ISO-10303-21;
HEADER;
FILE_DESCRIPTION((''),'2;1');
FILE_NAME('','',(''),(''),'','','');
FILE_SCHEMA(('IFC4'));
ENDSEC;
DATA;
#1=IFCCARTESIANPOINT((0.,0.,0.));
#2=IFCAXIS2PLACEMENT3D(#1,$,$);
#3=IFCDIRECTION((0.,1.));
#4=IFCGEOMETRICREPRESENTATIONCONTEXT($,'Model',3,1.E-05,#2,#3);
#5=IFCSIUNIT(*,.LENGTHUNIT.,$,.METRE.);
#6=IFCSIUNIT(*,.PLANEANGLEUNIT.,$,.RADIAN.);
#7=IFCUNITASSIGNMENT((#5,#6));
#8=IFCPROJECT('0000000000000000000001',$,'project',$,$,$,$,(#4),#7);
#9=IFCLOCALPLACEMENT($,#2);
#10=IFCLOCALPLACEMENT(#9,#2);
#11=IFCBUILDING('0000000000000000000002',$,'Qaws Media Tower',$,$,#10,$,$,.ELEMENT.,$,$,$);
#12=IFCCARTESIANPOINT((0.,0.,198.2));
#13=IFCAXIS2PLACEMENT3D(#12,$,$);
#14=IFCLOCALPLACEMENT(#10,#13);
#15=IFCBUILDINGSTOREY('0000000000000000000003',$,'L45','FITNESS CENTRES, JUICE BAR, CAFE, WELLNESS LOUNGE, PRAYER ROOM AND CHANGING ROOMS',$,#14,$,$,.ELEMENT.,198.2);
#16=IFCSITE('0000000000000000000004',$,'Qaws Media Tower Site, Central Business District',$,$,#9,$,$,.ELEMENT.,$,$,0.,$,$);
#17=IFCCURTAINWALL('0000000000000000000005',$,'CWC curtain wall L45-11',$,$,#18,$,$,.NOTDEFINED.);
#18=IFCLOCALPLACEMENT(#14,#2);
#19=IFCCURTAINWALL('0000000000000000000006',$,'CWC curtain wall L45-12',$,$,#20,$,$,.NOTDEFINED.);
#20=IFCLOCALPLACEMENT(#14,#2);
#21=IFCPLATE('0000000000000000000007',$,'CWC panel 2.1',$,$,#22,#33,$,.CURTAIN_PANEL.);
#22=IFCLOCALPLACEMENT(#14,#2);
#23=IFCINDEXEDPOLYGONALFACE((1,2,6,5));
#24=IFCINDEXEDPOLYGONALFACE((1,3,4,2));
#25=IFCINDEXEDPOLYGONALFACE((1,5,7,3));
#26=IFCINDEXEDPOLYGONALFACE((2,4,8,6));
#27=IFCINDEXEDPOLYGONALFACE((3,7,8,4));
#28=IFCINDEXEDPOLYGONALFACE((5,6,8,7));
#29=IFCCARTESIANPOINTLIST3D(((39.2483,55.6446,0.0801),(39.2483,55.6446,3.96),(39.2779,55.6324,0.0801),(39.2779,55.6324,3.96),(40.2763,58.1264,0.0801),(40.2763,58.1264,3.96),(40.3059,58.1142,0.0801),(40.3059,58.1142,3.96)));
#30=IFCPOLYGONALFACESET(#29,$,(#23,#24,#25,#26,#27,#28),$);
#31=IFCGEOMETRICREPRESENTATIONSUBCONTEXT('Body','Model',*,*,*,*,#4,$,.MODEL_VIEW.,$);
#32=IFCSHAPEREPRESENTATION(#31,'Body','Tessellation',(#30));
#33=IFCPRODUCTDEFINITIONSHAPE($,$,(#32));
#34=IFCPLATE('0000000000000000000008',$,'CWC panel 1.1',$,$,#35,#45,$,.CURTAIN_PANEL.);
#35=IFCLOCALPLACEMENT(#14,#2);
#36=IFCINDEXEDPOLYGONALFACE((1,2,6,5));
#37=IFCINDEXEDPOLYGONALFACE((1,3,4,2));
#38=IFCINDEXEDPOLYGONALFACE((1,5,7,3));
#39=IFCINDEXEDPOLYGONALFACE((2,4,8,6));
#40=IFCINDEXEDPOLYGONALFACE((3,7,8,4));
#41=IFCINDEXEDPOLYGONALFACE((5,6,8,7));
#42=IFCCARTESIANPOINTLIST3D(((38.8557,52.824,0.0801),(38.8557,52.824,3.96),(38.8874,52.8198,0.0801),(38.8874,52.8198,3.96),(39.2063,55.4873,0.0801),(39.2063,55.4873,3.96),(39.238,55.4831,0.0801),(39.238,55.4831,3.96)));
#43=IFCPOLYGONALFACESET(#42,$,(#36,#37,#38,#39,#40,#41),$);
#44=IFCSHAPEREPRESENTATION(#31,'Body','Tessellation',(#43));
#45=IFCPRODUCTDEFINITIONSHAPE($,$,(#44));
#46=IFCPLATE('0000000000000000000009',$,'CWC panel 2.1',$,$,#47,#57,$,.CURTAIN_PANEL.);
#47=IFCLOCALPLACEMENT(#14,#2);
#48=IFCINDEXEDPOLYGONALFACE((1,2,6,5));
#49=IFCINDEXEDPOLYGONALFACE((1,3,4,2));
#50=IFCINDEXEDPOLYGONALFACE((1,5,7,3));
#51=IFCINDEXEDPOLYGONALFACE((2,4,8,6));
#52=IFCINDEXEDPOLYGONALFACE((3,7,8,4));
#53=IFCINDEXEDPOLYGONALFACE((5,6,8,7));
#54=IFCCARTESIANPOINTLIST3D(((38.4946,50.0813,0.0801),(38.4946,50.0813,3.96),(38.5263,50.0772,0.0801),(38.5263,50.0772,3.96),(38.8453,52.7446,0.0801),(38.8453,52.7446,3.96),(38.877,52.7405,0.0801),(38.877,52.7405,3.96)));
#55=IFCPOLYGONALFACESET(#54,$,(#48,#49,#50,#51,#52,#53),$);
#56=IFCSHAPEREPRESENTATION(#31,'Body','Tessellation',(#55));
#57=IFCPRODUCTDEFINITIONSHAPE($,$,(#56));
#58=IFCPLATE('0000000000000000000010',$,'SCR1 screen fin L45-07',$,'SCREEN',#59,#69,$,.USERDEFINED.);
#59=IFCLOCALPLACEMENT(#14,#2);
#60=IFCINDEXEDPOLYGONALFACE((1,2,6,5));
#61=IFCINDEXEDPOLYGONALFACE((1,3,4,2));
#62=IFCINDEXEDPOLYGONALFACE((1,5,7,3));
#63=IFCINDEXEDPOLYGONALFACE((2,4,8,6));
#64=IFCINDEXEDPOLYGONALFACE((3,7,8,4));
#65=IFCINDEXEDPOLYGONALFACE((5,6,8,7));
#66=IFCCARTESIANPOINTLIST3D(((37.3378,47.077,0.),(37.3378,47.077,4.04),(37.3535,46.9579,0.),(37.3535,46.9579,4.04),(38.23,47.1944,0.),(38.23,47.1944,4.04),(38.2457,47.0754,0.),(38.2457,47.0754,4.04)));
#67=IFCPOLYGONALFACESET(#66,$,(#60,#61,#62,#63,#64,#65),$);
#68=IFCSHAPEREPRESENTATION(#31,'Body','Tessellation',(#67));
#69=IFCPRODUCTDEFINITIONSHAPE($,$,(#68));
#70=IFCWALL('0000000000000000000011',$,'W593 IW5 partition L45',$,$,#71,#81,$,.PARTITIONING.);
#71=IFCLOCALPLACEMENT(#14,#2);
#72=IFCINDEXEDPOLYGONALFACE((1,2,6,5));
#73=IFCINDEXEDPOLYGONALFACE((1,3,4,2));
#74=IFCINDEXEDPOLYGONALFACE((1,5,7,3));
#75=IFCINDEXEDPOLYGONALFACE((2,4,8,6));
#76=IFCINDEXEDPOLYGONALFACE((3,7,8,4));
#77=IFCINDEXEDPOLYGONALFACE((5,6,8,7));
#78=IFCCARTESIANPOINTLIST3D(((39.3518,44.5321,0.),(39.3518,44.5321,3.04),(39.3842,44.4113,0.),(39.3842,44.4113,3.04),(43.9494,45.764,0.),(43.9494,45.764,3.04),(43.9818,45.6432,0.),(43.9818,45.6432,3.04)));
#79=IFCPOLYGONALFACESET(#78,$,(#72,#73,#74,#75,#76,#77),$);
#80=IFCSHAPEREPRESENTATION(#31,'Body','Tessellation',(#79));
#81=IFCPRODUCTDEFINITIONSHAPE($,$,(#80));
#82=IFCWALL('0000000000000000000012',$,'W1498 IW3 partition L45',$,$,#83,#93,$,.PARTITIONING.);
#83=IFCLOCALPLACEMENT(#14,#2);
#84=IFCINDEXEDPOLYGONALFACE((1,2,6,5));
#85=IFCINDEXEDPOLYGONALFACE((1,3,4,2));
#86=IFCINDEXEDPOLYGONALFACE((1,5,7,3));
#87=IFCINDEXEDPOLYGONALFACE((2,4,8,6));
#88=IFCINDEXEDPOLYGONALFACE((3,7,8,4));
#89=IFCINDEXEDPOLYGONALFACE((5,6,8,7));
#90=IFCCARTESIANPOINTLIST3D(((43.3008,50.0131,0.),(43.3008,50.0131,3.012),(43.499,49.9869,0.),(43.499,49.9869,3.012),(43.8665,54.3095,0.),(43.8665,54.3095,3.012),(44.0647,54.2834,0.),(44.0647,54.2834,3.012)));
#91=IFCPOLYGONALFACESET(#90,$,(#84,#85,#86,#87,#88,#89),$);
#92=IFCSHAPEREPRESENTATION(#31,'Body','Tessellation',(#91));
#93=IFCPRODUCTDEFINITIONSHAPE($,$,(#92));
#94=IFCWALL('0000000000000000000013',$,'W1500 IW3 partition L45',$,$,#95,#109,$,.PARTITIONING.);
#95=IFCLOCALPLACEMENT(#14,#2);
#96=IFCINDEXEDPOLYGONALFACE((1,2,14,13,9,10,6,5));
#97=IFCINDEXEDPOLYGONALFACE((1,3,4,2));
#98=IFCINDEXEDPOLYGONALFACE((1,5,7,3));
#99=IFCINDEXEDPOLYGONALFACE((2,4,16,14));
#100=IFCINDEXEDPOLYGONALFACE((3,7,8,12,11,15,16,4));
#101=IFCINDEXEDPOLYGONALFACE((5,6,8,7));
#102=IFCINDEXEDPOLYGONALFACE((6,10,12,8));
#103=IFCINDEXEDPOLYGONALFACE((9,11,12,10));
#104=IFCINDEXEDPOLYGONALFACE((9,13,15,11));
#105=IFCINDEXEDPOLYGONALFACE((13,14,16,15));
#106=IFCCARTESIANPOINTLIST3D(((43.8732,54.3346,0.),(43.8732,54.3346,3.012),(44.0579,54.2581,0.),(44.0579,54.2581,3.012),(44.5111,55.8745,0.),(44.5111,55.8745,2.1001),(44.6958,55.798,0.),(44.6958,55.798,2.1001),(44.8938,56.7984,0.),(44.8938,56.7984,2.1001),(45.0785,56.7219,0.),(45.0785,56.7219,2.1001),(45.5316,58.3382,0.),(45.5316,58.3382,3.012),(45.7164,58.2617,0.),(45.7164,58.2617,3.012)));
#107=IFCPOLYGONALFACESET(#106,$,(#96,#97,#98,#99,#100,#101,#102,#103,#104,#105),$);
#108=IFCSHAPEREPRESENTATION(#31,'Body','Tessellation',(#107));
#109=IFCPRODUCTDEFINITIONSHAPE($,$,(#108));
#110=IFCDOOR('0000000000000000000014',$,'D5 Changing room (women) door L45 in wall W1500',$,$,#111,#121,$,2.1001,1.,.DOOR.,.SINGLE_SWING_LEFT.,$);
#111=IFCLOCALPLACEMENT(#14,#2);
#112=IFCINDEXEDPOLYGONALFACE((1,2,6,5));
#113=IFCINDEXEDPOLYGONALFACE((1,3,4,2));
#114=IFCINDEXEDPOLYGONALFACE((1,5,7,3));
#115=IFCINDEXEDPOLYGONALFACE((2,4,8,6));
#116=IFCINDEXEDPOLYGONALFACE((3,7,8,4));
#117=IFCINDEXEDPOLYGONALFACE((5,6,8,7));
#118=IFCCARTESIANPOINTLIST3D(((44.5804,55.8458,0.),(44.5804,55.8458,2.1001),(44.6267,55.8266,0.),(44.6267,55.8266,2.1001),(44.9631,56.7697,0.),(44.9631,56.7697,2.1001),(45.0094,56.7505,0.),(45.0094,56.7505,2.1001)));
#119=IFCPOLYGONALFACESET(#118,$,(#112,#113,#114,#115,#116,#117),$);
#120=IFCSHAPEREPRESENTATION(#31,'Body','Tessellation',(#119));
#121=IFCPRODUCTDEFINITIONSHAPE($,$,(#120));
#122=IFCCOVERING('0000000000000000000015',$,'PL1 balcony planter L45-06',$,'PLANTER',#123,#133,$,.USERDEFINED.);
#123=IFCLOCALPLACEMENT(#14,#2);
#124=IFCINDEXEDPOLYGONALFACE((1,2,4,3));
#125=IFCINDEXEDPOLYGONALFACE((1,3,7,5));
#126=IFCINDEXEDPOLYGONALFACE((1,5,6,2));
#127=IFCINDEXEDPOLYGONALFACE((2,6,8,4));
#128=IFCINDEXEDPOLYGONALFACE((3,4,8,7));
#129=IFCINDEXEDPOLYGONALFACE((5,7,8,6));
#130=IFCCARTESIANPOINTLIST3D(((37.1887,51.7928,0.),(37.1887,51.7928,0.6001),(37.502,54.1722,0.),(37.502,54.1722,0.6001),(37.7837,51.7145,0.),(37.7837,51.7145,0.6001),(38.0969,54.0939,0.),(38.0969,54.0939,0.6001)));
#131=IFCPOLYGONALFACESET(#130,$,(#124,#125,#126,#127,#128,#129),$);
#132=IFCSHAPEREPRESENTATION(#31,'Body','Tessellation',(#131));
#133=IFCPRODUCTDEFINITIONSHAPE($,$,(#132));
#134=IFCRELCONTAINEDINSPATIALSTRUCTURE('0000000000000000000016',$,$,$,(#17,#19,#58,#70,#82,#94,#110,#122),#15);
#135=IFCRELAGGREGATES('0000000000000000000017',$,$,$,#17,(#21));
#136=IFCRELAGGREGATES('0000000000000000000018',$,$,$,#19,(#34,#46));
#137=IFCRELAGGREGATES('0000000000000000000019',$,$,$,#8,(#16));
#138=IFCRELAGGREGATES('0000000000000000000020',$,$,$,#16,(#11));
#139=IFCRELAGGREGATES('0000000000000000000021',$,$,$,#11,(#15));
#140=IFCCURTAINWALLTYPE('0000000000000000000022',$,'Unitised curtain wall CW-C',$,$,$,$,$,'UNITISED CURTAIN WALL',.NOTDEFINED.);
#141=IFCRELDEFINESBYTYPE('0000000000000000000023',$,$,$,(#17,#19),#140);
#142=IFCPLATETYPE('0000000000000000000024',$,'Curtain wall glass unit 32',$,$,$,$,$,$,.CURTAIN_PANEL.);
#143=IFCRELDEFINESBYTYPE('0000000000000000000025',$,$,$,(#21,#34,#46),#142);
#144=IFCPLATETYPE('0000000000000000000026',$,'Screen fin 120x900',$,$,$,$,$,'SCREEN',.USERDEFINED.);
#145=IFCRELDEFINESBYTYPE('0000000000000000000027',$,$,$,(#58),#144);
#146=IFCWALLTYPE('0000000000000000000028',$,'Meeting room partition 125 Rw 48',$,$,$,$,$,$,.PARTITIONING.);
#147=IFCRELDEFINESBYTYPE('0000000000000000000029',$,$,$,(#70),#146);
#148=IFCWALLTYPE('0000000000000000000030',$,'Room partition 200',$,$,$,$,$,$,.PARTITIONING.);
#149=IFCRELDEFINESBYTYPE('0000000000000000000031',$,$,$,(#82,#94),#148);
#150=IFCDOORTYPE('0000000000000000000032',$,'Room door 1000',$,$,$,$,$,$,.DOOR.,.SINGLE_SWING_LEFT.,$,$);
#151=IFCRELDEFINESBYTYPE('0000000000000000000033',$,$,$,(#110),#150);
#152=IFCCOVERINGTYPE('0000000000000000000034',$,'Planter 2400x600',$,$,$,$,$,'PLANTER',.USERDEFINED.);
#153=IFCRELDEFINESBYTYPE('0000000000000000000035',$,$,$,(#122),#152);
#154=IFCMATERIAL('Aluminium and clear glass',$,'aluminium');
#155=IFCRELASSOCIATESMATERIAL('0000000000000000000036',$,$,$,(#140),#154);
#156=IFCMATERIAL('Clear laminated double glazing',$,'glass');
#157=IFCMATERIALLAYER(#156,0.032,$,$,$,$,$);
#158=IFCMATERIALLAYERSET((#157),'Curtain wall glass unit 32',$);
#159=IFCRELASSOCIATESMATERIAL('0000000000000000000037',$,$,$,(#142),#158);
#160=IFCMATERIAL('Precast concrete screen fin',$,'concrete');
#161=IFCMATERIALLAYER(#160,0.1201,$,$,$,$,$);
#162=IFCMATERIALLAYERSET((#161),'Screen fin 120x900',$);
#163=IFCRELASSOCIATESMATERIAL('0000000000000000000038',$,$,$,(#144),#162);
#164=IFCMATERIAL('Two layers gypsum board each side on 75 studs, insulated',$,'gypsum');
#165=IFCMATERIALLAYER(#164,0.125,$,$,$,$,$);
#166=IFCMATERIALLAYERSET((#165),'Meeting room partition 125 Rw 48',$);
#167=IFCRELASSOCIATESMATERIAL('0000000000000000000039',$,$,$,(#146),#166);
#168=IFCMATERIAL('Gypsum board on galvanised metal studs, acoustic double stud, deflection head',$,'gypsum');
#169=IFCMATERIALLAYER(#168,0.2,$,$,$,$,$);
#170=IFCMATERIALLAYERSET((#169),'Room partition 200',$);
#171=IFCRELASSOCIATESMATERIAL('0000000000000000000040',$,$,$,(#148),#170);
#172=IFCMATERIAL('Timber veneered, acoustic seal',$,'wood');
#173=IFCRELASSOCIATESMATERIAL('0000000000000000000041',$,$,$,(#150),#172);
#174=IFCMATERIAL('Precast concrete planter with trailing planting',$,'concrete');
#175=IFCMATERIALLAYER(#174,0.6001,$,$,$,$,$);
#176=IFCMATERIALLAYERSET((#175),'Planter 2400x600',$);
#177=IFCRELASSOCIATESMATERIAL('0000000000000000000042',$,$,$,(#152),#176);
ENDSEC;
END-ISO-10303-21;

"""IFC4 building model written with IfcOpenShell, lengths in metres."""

from ifc_helpers import new_model, si_unit, direction, frame, frame_2d, origin, origin_2d, place, context, subcontext, project, spatial, rectangle, extrude, material, layer, layer_set, type_object, element, fill, aggregate, save


model = new_model("IFC4")

# Units and contexts
model_context = context("Model", 3, precision=1e-05, world=origin(), true_north=direction((0.0, 1.0)))
body_context = subcontext(model_context, "Body", "Model", "MODEL_VIEW")
ifc_project = project(units=[si_unit("LENGTHUNIT", "METRE"), si_unit("PLANEANGLEUNIT", "RADIAN")], contexts=[model_context])

# Site, building, storey
site_placement = place(None, origin())
site = spatial("IfcSite", under=ifc_project, at=site_placement, Name="Qaws Media Tower Site, Central Business District", CompositionType="ELEMENT", RefElevation=0.0)
building_placement = place(site_placement, origin())
building = spatial("IfcBuilding", under=site, at=building_placement, Name="Qaws Media Tower", CompositionType="ELEMENT")
storey_placement = place(building_placement, frame((0.0, 0.0, 198.2)))
storey = spatial("IfcBuildingStorey", under=building, at=storey_placement, Name="L45", Description="FITNESS CENTRES, JUICE BAR, CAFE, WELLNESS LOUNGE, PRAYER ROOM AND CHANGING ROOMS", CompositionType="ELEMENT", Elevation=198.2)

# Curtain wall
ifc_material_1 = material(Name="Aluminium and clear glass", Category="aluminium")
curtain_wall_type = type_object("IfcCurtainWallType", Name="Unitised curtain wall CW-C", ElementType="UNITISED CURTAIN WALL", PredefinedType="NOTDEFINED", material=ifc_material_1)
curtain_wall_1_placement = place(storey_placement, origin())
curtain_wall_1 = element("IfcCurtainWall", 1, at=curtain_wall_1_placement, inside=storey, type_object=curtain_wall_type, Name="CWC curtain wall L45-11", PredefinedType="NOTDEFINED")

# Curtain wall
curtain_wall_2_placement = place(storey_placement, origin())
curtain_wall_2 = element("IfcCurtainWall", 2, at=curtain_wall_2_placement, inside=storey, type_object=curtain_wall_type, Name="CWC curtain wall L45-12", PredefinedType="NOTDEFINED")

# Plates
ifc_material_2 = material(Name="Clear laminated double glazing", Category="glass")
ifc_layer_1 = layer(ifc_material_2, 0.032)
ifc_layer_set_1 = layer_set([ifc_layer_1], Name="Curtain wall glass unit 32")
plate_type_1 = type_object("IfcPlateType", Name="Curtain wall glass unit 32", PredefinedType="CURTAIN_PANEL", material=ifc_layer_set_1)
plate_1_placement = place(storey_placement, frame((39.7771, 56.8794, 0.0801), z_axis=(0.0, 0.0, 1.0), x_axis=(-0.382683, -0.92388, 0.0)))
plate_1 = element("IfcPlate", 3, at=plate_1_placement, type_object=plate_type_1, Name="CWC panel 2.1", PredefinedType="CURTAIN_PANEL", context=body_context, shape_type="SweptSolid", body=[
    extrude(rectangle(XDim=2.6863, YDim=0.032, at=origin_2d()), origin(), (0.0, 0.0, 1.0), 3.8799),
])
aggregate(curtain_wall_1, [plate_1])
plate_2_placement = place(storey_placement, frame((39.0469, 54.1536, 0.0801), z_axis=(0.0, 0.0, 1.0), x_axis=(-0.130526, -0.991445, 0.0)))
plate_2 = element("IfcPlate", 4, at=plate_2_placement, type_object=plate_type_1, Name="CWC panel 1.1", PredefinedType="CURTAIN_PANEL", context=body_context, shape_type="SweptSolid", body=[
    extrude(rectangle(XDim=2.6863, YDim=0.032, at=origin_2d()), origin(), (0.0, 0.0, 1.0), 3.8799),
])
plate_3_placement = place(storey_placement, frame((38.6858, 51.4109, 0.0801), z_axis=(0.0, 0.0, 1.0), x_axis=(-0.130526, -0.991445, 0.0)))
plate_3 = element("IfcPlate", 5, at=plate_3_placement, type_object=plate_type_1, Name="CWC panel 2.1", PredefinedType="CURTAIN_PANEL", context=body_context, shape_type="SweptSolid", body=[
    extrude(rectangle(XDim=2.6863, YDim=0.032, at=origin_2d()), origin(), (0.0, 0.0, 1.0), 3.8799),
])
aggregate(curtain_wall_2, [plate_2, plate_3])
ifc_material_3 = material(Name="Precast concrete screen fin", Category="concrete")
ifc_layer_2 = layer(ifc_material_3, 0.1201)
ifc_layer_set_2 = layer_set([ifc_layer_2], Name="Screen fin 120x900")
plate_type_2 = type_object("IfcPlateType", Name="Screen fin 120x900", ElementType="SCREEN", PredefinedType="USERDEFINED", material=ifc_layer_set_2)
plate_4_placement = place(storey_placement, frame((37.7917, 47.0762, 0.0), z_axis=(0.0, 0.0, 1.0), x_axis=(-0.991445, -0.130526, 0.0)))
element("IfcPlate", 6, at=plate_4_placement, inside=storey, type_object=plate_type_2, Name="SCR1 screen fin L45-07", ObjectType="SCREEN", PredefinedType="USERDEFINED", context=body_context, shape_type="SweptSolid", body=[
    extrude(rectangle(XDim=0.8999, YDim=0.1201, at=origin_2d()), origin(), (0.0, 0.0, 1.0), 4.04),
])

# Wall
ifc_material_4 = material(Name="Two layers gypsum board each side on 75 studs, insulated", Category="gypsum")
ifc_layer_3 = layer(ifc_material_4, 0.125)
ifc_layer_set_3 = layer_set([ifc_layer_3], Name="Meeting room partition 125 Rw 48")
wall_type_1 = type_object("IfcWallType", Name="Meeting room partition 125 Rw 48", PredefinedType="PARTITIONING", material=ifc_layer_set_3)
wall_1_placement = place(storey_placement, frame((43.9656, 45.7036, 0.0), z_axis=(0.0, 0.0, 1.0), x_axis=(-0.965926, -0.258818, 0.0)))
element("IfcWall", 7, at=wall_1_placement, inside=storey, type_object=wall_type_1, Name="W593 IW5 partition L45", PredefinedType="PARTITIONING", context=body_context, shape_type="SweptSolid", body=[
    extrude(rectangle(XDim=4.7598, YDim=0.125, at=frame_2d((2.3799, 0.0))), origin(), (0.0, 0.0, 1.0), 3.04),
])

# Shared definitions
ifc_material_5 = material(Name="Gypsum board on galvanised metal studs, acoustic double stud, deflection head", Category="gypsum")
ifc_layer_4 = layer(ifc_material_5, 0.2)
ifc_layer_set_4 = layer_set([ifc_layer_4], Name="Room partition 200")
wall_type_2 = type_object("IfcWallType", Name="Room partition 200", PredefinedType="PARTITIONING", material=ifc_layer_set_4)

# Wall
wall_2_placement = place(storey_placement, frame((43.3999, 50.0, 0.0), z_axis=(0.0, 0.0, 1.0), x_axis=(0.130536, 0.991444, 0.0)))
element("IfcWall", 8, at=wall_2_placement, inside=storey, type_object=wall_type_2, Name="W1498 IW3 partition L45", PredefinedType="PARTITIONING", context=body_context, shape_type="SweptSolid", body=[
    extrude(rectangle(XDim=4.3335, YDim=0.2, at=frame_2d((2.1667, 0.0))), origin(), (0.0, 0.0, 1.0), 3.012),
])

# Wall, opening, door
wall_3_placement = place(storey_placement, frame((43.9656, 54.2964, 0.0), z_axis=(0.0, 0.0, 1.0), x_axis=(0.382698, 0.923873, 0.0)))
wall_3 = element("IfcWall", 9, at=wall_3_placement, inside=storey, type_object=wall_type_2, Name="W1500 IW3 partition L45", PredefinedType="PARTITIONING", context=body_context, shape_type="SweptSolid", body=[
    extrude(rectangle(XDim=4.3335, YDim=0.2, at=frame_2d((2.1667, 0.0))), origin(), (0.0, 0.0, 1.0), 3.012),
])
opening_1_placement = place(wall_3_placement, frame((1.6667, 0.0, 0.0)))
opening_1 = element("IfcOpeningElement", 10, at=opening_1_placement, cuts=wall_3, PredefinedType="OPENING", context=body_context, shape_type="SweptSolid", body=[
    extrude(rectangle(XDim=1.0, YDim=2.1001, at=frame_2d((0.5, 1.05))), frame((0.0, 0.1099, 0.0), z_axis=(0.0, -1.0, 0.0), x_axis=(1.0, 0.0, 0.0)), (0.0, 0.0, 1.0), 0.22),
])
ifc_material_6 = material(Name="Timber veneered, acoustic seal", Category="wood")
door_type_1 = type_object("IfcDoorType", Name="Room door 1000", OperationType="SINGLE_SWING_LEFT", PredefinedType="DOOR", material=ifc_material_6)
door_1_placement = place(opening_1_placement, origin())
door_1 = element("IfcDoor", 11, at=door_1_placement, inside=storey, type_object=door_type_1, Name="D5 Changing room (women) door L45 in wall W1500", OperationType="SINGLE_SWING_LEFT", OverallHeight=2.1001, OverallWidth=1.0, PredefinedType="DOOR", context=body_context, shape_type="SweptSolid", body=[
    extrude(rectangle(XDim=1.0, YDim=2.1001, at=frame_2d((0.5, 1.05))), frame((0.0, 0.0249, 0.0), z_axis=(0.0, -1.0, 0.0), x_axis=(1.0, 0.0, 0.0)), (0.0, 0.0, 1.0), 0.05),
])
fill(opening_1, door_1)

# Covering
ifc_material_7 = material(Name="Precast concrete planter with trailing planting", Category="concrete")
ifc_layer_5 = layer(ifc_material_7, 0.6001)
ifc_layer_set_5 = layer_set([ifc_layer_5], Name="Planter 2400x600")
covering_type = type_object("IfcCoveringType", Name="Planter 2400x600", ElementType="PLANTER", PredefinedType="USERDEFINED", material=ifc_layer_set_5)
covering_placement = place(storey_placement, frame((37.6428, 52.9434, 0.0), z_axis=(0.0, 0.0, 1.0), x_axis=(-0.130526, -0.991445, 0.0)))
element("IfcCovering", 12, at=covering_placement, inside=storey, type_object=covering_type, Name="PL1 balcony planter L45-06", ObjectType="PLANTER", PredefinedType="USERDEFINED", context=body_context, shape_type="SweptSolid", body=[
    extrude(rectangle(XDim=2.3999, YDim=0.6001, at=origin_2d()), origin(), (0.0, 0.0, 1.0), 0.6001),
])

save(model, "model.ifc")
